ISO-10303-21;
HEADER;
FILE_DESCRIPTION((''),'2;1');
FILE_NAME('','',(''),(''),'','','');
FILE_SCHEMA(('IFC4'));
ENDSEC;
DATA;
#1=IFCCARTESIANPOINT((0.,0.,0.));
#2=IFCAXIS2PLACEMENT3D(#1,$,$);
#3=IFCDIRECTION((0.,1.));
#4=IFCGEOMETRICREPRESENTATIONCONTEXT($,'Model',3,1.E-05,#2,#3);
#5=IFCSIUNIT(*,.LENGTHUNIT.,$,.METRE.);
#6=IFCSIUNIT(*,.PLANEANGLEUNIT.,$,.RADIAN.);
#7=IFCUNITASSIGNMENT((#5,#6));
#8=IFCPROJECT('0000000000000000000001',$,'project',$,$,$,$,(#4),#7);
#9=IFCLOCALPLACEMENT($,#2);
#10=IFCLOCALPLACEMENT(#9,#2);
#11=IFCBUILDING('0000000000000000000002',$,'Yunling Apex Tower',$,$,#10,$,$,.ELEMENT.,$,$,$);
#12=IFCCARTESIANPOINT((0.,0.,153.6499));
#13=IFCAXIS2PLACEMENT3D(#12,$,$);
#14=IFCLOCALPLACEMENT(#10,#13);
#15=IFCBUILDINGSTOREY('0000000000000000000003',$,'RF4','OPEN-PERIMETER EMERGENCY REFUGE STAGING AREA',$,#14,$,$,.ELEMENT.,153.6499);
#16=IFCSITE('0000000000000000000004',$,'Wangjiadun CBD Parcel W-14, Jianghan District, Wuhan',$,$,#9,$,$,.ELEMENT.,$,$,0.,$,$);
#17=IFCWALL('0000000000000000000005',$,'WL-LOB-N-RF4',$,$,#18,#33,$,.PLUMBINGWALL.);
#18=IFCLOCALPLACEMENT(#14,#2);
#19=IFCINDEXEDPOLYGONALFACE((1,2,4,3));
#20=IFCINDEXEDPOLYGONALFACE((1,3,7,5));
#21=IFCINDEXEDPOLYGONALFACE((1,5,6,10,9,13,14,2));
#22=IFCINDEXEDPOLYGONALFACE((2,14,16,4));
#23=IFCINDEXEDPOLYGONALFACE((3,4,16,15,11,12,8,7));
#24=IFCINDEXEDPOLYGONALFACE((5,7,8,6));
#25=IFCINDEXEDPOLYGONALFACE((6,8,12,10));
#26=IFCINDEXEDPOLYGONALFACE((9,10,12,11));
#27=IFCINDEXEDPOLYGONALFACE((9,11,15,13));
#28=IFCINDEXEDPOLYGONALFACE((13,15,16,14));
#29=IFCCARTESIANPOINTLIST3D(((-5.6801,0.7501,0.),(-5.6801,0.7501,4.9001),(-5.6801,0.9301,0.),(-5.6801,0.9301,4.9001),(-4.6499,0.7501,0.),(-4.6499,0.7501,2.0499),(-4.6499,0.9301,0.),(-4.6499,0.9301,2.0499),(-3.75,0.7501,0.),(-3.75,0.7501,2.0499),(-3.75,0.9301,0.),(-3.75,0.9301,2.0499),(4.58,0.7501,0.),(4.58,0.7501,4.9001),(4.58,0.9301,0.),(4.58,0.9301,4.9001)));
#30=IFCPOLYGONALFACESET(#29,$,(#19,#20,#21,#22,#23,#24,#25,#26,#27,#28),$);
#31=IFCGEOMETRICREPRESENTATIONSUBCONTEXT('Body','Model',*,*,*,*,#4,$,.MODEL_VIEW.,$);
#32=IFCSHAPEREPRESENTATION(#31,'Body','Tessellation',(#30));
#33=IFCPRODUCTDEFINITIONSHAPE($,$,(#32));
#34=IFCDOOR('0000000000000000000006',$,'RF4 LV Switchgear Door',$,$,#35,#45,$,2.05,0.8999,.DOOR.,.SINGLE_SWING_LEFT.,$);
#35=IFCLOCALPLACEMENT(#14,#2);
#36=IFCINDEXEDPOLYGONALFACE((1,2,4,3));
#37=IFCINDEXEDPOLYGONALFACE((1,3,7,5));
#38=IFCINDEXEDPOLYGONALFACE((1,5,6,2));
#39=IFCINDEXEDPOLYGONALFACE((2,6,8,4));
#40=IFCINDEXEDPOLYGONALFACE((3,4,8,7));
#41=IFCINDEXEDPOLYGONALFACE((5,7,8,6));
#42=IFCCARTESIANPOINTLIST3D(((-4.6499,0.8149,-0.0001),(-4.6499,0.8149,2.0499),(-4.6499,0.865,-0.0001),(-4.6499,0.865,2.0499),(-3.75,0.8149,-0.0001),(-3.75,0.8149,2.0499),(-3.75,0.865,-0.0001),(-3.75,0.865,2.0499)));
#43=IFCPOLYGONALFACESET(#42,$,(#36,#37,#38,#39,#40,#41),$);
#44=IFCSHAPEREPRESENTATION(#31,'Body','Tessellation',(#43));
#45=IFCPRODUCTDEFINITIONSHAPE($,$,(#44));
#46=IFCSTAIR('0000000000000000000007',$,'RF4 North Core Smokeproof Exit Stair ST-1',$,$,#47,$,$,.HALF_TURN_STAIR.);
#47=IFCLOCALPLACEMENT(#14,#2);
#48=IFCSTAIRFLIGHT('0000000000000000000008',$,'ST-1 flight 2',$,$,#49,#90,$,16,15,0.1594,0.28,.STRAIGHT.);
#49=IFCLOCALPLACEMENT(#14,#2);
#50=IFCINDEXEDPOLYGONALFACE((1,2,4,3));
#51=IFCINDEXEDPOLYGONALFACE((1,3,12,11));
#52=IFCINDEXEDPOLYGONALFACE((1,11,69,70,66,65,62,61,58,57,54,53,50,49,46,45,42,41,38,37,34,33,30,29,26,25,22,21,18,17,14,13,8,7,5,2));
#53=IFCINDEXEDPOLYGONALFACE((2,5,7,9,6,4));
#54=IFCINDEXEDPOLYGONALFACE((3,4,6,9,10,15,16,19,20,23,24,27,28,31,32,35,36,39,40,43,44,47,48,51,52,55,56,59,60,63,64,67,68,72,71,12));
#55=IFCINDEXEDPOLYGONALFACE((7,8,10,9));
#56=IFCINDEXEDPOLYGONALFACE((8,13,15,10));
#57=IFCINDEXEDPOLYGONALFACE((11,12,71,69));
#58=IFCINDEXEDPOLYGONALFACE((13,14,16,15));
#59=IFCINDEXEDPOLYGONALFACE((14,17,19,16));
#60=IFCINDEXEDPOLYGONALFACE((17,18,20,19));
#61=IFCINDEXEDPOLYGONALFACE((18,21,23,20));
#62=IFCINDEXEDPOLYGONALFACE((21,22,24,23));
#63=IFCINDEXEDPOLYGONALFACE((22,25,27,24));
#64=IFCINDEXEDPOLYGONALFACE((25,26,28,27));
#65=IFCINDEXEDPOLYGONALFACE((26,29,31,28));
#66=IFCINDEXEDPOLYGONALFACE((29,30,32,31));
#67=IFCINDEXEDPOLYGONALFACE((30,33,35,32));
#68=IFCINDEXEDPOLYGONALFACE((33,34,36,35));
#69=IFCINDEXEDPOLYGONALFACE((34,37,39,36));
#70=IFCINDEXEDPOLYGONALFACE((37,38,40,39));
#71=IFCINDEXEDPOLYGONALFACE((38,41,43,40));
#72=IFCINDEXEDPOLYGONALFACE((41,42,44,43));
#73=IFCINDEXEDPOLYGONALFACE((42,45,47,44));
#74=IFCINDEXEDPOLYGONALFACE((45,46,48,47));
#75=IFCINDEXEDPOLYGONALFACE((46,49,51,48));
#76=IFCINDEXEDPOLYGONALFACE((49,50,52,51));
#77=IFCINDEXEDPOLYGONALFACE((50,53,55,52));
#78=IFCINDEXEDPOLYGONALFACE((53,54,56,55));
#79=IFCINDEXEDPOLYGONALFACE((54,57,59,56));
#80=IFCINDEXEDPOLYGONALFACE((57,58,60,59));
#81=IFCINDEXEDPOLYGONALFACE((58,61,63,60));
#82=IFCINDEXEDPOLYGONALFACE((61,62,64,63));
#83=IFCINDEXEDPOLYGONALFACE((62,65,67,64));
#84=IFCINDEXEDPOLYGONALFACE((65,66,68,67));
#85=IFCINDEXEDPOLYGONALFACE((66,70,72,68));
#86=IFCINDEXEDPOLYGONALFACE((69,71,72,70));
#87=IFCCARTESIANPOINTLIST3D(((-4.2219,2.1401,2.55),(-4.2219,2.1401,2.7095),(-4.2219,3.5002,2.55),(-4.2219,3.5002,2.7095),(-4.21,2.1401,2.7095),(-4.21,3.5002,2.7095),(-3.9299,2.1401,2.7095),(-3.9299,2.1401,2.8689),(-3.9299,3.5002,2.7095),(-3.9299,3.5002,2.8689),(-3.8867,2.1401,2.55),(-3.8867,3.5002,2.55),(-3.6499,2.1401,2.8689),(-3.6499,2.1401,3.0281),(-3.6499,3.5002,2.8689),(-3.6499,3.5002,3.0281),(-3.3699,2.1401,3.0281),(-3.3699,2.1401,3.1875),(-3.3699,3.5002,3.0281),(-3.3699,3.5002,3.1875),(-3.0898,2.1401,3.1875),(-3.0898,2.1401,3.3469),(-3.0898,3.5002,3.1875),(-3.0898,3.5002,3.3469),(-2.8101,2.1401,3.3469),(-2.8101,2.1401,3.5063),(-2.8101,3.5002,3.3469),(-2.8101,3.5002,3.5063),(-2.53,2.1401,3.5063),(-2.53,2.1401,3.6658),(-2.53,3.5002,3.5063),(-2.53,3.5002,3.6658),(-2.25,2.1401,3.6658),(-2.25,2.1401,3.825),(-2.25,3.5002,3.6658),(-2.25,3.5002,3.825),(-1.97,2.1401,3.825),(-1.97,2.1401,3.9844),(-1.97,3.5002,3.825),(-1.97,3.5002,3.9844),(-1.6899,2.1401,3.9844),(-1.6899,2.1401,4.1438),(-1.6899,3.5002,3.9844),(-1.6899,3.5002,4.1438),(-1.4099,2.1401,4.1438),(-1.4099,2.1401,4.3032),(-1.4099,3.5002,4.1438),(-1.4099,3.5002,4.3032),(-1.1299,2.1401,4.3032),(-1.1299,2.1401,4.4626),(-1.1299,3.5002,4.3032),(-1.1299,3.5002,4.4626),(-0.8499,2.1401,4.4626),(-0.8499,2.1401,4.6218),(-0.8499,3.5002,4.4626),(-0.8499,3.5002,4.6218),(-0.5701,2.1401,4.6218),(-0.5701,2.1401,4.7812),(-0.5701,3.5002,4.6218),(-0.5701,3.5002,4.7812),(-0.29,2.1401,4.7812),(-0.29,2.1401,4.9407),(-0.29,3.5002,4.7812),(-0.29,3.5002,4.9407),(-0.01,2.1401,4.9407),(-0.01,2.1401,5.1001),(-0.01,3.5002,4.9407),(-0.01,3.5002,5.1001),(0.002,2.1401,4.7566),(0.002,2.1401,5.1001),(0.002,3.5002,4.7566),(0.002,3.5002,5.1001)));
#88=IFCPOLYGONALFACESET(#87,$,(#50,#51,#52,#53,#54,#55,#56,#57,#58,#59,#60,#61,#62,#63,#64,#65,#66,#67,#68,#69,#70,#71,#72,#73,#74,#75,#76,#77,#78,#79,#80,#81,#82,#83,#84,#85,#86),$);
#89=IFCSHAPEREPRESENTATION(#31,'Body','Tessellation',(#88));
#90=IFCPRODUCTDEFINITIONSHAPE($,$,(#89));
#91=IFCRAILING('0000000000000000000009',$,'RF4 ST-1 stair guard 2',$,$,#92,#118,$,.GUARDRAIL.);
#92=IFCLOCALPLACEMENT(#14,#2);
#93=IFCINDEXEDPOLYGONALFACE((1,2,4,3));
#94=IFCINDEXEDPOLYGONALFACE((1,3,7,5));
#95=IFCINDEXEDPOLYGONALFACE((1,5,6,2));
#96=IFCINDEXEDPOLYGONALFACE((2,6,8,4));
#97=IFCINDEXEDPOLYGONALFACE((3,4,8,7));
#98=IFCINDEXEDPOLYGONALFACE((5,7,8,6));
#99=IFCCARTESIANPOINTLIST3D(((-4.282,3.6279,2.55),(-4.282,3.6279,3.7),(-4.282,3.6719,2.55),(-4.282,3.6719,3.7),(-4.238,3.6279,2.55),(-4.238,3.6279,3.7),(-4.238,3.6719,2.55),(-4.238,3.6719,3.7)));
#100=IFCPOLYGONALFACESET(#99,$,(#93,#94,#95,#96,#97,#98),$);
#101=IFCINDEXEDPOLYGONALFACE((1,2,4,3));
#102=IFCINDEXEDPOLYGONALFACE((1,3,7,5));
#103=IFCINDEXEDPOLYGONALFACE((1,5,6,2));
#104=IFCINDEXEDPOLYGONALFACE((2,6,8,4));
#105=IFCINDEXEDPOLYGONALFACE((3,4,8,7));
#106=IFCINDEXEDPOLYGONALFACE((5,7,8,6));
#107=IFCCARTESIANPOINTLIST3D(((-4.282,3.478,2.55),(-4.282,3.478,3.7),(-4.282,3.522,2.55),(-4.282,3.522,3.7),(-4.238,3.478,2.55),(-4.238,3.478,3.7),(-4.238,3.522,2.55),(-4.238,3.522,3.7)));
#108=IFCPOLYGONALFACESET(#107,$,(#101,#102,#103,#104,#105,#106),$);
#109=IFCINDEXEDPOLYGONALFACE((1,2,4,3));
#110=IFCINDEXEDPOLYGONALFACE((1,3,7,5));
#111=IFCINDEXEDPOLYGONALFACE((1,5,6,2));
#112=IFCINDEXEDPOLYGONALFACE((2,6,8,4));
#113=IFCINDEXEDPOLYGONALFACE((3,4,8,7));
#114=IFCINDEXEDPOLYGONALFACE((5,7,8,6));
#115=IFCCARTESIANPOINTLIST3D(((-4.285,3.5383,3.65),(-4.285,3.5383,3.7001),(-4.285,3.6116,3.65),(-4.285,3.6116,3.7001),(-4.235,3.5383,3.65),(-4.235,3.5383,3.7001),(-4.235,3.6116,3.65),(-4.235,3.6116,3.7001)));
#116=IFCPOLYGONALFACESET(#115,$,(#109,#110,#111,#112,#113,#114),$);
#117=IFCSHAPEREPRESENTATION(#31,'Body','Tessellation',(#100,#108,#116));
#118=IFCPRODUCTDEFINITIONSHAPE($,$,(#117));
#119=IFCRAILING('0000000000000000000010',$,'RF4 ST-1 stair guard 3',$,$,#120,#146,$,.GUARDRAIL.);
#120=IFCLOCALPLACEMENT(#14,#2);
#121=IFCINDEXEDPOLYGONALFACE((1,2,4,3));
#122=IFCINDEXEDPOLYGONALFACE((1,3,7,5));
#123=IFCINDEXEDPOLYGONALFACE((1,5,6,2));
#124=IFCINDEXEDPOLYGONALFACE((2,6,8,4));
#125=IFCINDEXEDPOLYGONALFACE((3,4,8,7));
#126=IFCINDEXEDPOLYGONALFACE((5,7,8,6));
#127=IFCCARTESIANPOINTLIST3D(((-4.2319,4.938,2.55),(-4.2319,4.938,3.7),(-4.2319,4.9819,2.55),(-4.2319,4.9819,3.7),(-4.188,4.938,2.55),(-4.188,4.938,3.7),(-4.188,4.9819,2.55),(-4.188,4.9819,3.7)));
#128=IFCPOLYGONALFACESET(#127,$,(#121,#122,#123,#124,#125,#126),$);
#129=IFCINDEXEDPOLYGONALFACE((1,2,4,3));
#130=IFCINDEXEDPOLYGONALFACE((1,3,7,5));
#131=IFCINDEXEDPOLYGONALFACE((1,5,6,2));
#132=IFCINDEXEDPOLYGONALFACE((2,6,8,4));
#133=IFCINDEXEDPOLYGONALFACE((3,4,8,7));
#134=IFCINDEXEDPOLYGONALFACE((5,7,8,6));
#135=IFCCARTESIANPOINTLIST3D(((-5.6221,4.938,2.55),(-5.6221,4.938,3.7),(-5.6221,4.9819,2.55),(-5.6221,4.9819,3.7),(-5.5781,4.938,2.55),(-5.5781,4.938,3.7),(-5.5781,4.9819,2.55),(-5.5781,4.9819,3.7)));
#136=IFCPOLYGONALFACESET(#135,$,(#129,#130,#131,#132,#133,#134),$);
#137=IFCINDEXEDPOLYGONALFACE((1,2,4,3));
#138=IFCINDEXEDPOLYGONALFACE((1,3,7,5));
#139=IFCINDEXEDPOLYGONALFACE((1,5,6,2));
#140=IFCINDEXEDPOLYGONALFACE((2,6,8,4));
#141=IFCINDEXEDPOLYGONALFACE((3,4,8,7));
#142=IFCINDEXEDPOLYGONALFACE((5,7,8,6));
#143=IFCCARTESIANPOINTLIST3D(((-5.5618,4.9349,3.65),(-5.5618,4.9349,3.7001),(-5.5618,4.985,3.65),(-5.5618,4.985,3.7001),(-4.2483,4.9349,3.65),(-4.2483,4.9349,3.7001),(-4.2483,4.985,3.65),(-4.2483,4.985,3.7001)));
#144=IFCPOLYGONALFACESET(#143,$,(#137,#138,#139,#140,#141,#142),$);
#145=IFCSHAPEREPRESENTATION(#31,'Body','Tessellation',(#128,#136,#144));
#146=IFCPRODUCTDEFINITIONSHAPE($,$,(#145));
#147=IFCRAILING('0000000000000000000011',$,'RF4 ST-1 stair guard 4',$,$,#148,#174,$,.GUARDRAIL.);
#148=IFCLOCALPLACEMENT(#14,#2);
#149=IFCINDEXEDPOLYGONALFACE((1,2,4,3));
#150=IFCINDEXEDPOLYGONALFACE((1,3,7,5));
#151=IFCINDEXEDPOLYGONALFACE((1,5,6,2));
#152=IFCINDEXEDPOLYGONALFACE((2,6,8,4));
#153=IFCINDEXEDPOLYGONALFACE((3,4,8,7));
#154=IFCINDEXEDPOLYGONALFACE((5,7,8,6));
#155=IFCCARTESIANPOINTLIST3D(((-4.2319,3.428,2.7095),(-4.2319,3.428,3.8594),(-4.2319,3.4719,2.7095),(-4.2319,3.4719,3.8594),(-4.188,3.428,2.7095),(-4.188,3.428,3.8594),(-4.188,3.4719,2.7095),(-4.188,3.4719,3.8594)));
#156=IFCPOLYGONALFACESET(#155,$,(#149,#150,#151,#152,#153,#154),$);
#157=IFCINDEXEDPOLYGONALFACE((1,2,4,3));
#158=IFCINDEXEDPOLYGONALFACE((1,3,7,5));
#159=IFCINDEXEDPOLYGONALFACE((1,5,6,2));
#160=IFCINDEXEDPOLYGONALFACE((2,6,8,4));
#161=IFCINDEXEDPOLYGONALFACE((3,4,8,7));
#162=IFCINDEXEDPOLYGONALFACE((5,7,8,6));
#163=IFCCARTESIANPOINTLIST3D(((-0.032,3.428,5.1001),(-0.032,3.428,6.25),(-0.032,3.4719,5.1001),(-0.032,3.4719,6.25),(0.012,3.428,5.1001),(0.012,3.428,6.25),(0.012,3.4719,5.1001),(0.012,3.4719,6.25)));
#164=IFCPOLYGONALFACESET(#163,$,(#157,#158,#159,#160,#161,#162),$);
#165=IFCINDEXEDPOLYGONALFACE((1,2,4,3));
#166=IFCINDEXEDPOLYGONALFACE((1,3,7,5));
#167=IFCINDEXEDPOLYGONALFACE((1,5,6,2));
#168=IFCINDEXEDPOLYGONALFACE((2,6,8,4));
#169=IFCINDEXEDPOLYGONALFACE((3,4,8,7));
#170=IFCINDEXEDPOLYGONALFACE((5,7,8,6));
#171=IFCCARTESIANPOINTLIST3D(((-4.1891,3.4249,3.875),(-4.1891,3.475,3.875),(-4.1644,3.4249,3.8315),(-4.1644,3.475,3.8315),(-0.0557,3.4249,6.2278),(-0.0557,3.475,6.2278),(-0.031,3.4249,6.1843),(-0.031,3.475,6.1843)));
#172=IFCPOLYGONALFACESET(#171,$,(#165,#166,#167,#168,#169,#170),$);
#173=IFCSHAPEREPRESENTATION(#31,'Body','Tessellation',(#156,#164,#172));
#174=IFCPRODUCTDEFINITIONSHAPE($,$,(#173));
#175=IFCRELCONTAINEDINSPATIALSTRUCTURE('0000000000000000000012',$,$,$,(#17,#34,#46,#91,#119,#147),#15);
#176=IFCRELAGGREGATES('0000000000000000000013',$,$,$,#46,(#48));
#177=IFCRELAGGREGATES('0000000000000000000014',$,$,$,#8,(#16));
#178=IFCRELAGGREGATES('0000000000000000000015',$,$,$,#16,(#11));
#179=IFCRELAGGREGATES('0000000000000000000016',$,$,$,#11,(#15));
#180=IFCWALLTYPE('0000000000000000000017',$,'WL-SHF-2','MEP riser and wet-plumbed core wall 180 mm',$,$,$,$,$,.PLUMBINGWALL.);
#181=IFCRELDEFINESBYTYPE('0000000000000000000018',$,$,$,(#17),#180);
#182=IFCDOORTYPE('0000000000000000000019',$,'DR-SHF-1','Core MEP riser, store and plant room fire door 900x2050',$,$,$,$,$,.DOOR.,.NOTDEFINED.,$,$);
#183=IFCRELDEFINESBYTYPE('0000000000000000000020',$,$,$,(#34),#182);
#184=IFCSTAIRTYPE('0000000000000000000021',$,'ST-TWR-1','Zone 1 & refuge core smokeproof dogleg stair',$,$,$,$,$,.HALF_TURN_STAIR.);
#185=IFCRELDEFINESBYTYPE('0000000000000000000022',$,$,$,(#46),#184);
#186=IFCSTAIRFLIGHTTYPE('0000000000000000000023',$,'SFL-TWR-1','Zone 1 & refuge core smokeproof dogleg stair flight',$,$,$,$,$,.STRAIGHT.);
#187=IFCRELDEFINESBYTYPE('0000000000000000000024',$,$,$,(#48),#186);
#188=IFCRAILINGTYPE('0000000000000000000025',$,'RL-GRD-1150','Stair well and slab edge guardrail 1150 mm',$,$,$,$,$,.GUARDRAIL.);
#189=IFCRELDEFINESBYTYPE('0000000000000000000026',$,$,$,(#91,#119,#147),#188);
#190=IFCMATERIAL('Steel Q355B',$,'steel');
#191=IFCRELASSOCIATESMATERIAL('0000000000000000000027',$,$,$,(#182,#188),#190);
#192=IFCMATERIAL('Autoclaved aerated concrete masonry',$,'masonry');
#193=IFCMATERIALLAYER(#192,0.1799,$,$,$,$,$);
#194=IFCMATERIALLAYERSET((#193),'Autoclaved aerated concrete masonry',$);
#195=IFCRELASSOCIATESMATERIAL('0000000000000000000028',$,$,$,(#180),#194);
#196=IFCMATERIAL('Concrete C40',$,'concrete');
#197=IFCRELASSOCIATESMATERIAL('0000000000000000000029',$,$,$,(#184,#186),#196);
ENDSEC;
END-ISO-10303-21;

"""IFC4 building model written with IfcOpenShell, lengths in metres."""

from ifc_helpers import new_model, si_unit, direction, frame, frame_2d, origin, origin_2d, place, context, subcontext, project, spatial, polyline, rectangle, outline, extrude, material, layer, layer_set, type_object, element, fill, aggregate, save


model = new_model("IFC4")

# Units and contexts
model_context = context("Model", 3, precision=1e-05, world=origin(), true_north=direction((0.0, 1.0)))
body_context = subcontext(model_context, "Body", "Model", "MODEL_VIEW")
ifc_project = project(units=[si_unit("LENGTHUNIT", "METRE"), si_unit("PLANEANGLEUNIT", "RADIAN")], contexts=[model_context])

# Site, building, storey
site_placement = place(None, origin())
site = spatial("IfcSite", under=ifc_project, at=site_placement, Name="Wangjiadun CBD Parcel W-14, Jianghan District, Wuhan", CompositionType="ELEMENT", RefElevation=0.0)
building_placement = place(site_placement, origin())
building = spatial("IfcBuilding", under=site, at=building_placement, Name="Yunling Apex Tower", CompositionType="ELEMENT")
storey_placement = place(building_placement, frame((0.0, 0.0, 153.6499)))
storey = spatial("IfcBuildingStorey", under=building, at=storey_placement, Name="RF4", Description="OPEN-PERIMETER EMERGENCY REFUGE STAGING AREA", CompositionType="ELEMENT", Elevation=153.6499)

# Shared definitions
ifc_material_1 = material(Name="Steel Q355B", Category="steel")

# Shared definitions
ifc_material_2 = material(Name="Concrete C40", Category="concrete")

# Wall, opening, door
ifc_material_3 = material(Name="Autoclaved aerated concrete masonry", Category="masonry")
door_type_1 = type_object("IfcDoorType", Name="DR-SHF-1", Description="Core MEP riser, store and plant room fire door 900x2050", OperationType="NOTDEFINED", PredefinedType="DOOR", material=ifc_material_1)
ifc_layer_1 = layer(ifc_material_3, 0.1799)
ifc_layer_set_1 = layer_set([ifc_layer_1], Name="Autoclaved aerated concrete masonry")
wall_type_1 = type_object("IfcWallType", Name="WL-SHF-2", Description="MEP riser and wet-plumbed core wall 180 mm", PredefinedType="PLUMBINGWALL", material=ifc_layer_set_1)
wall_1_placement = place(storey_placement, frame((-5.6799, 0.8401, 0.0), z_axis=(0.0, 0.0, 1.0), x_axis=(1.0, 0.0, 0.0)))
wall_1 = element("IfcWall", 1, at=wall_1_placement, inside=storey, type_object=wall_type_1, Name="WL-LOB-N-RF4", PredefinedType="PLUMBINGWALL", context=body_context, shape_type="SweptSolid", body=[
    extrude(rectangle(XDim=10.26, YDim=0.1799, at=frame_2d((5.1299, 0.0))), origin(), (0.0, 0.0, 1.0), 4.9001),
])
opening_1_placement = place(wall_1_placement, frame((1.03, 0.0, 0.0)))
opening_1 = element("IfcOpeningElement", 2, at=opening_1_placement, cuts=wall_1, PredefinedType="OPENING", context=body_context, shape_type="SweptSolid", body=[
    extrude(rectangle(XDim=0.8999, YDim=2.05, at=frame_2d((0.45, 1.0249))), frame((0.0, 0.1001, 0.0), z_axis=(0.0, -1.0, 0.0), x_axis=(1.0, 0.0, 0.0)), (0.0, 0.0, 1.0), 0.2),
])
door_1_placement = place(opening_1_placement, origin())
door_1 = element("IfcDoor", 3, at=door_1_placement, inside=storey, type_object=door_type_1, Name="RF4 LV Switchgear Door", OperationType="SINGLE_SWING_LEFT", OverallHeight=2.05, OverallWidth=0.8999, PredefinedType="DOOR", context=body_context, shape_type="SweptSolid", body=[
    extrude(rectangle(XDim=0.8999, YDim=2.05, at=frame_2d((0.45, 1.0249))), frame((0.0, 0.0249, 0.0), z_axis=(0.0, -1.0, 0.0), x_axis=(1.0, 0.0, 0.0)), (0.0, 0.0, 1.0), 0.05),
])
fill(opening_1, door_1)

# Stair, stair flight
stair_type = type_object("IfcStairType", Name="ST-TWR-1", Description="Zone 1 & refuge core smokeproof dogleg stair", PredefinedType="HALF_TURN_STAIR", material=ifc_material_2)
stair_placement = place(storey_placement, origin())
stair = element("IfcStair", 4, at=stair_placement, inside=storey, type_object=stair_type, Name="RF4 North Core Smokeproof Exit Stair ST-1", PredefinedType="HALF_TURN_STAIR")
stair_flight_type = type_object("IfcStairFlightType", Name="SFL-TWR-1", Description="Zone 1 & refuge core smokeproof dogleg stair flight", PredefinedType="STRAIGHT", material=ifc_material_2)
stair_flight_placement = place(storey_placement, frame((-4.21, 2.8201, 2.55), z_axis=(0.0, 0.0, 1.0), x_axis=(1.0, 0.0, 0.0)))
stair_flight = element("IfcStairFlight", 5, at=stair_flight_placement, type_object=stair_flight_type, Name="ST-1 flight 2", NumberOfRisers=16, NumberOfTreads=15, PredefinedType="STRAIGHT", RiserHeight=0.1594, TreadLength=0.28, context=body_context, shape_type="SweptSolid", body=[
    extrude(outline(polyline([(-0.012, 0.0), (-0.012, 0.1594), (0.0, 0.1594), (0.28, 0.1594), (0.28, 0.3188), (0.5601, 0.3188), (0.5601, 0.478), (0.8401, 0.478), (0.8401, 0.6375), (1.1201, 0.6375), (1.1201, 0.7969), (1.3999, 0.7969), (1.3999, 0.9563), (1.6799, 0.9563), (1.6799, 1.1157), (1.96, 1.1157), (1.96, 1.2749), (2.24, 1.2749), (2.24, 1.4343), (2.52, 1.4343), (2.52, 1.5938), (2.8, 1.5938), (2.8, 1.7532), (3.0801, 1.7532), (3.0801, 1.9126), (3.3601, 1.9126), (3.3601, 2.0718), (3.6399, 2.0718), (3.6399, 2.2312), (3.9199, 2.2312), (3.9199, 2.3906), (4.2, 2.3906), (4.2, 2.55), (4.2119, 2.55), (4.2119, 2.2065), (0.3232, 0.0), (-0.012, 0.0)])), frame((0.0, 0.6802, 0.0), z_axis=(0.0, -1.0, 0.0), x_axis=(1.0, 0.0, 0.0)), (0.0, 0.0, 1.0), 1.3601),
])
aggregate(stair, [stair_flight])

# Railings
railing_type_1 = type_object("IfcRailingType", Name="RL-GRD-1150", Description="Stair well and slab edge guardrail 1150 mm", PredefinedType="GUARDRAIL", material=ifc_material_1)
railing_1_placement = place(storey_placement, frame((-4.26, 3.6499, 2.55)))
element("IfcRailing", 6, at=railing_1_placement, inside=storey, type_object=railing_type_1, Name="RF4 ST-1 stair guard 2", PredefinedType="GUARDRAIL", context=body_context, shape_type="SweptSolid", body=[
    extrude(rectangle(XDim=0.0439, YDim=0.0439, at=origin_2d()), origin(), (0.0, 0.0, 1.0), 1.1499),
    extrude(rectangle(XDim=0.0439, YDim=0.0439, at=origin_2d()), frame((0.0, -0.1499, 0.0)), (0.0, 0.0, 1.0), 1.1499),
    extrude(rectangle(XDim=0.05, YDim=0.05, at=origin_2d()), frame((0.0, -0.0383, 1.125), z_axis=(0.0, -1.0, 0.0), x_axis=(1.0, 0.0, 0.0)), (0.0, 0.0, 1.0), 0.0732),
])
railing_2_placement = place(storey_placement, frame((-4.21, 4.96, 2.55)))
element("IfcRailing", 7, at=railing_2_placement, inside=storey, type_object=railing_type_1, Name="RF4 ST-1 stair guard 3", PredefinedType="GUARDRAIL", context=body_context, shape_type="SweptSolid", body=[
    extrude(rectangle(XDim=0.0439, YDim=0.0439, at=origin_2d()), origin(), (0.0, 0.0, 1.0), 1.1499),
    extrude(rectangle(XDim=0.0439, YDim=0.0439, at=origin_2d()), frame((-1.3901, 0.0, 0.0)), (0.0, 0.0, 1.0), 1.1499),
    extrude(rectangle(XDim=0.05, YDim=0.05, at=origin_2d()), frame((-0.0383, 0.0, 1.125), z_axis=(-1.0, 0.0, 0.0), x_axis=(0.0, -1.0, 0.0)), (0.0, 0.0, 1.0), 1.3135),
])
railing_3_placement = place(storey_placement, frame((-4.21, 3.45, 2.7095)))
element("IfcRailing", 8, at=railing_3_placement, inside=storey, type_object=railing_type_1, Name="RF4 ST-1 stair guard 4", PredefinedType="GUARDRAIL", context=body_context, shape_type="SweptSolid", body=[
    extrude(rectangle(XDim=0.0439, YDim=0.0439, at=origin_2d()), origin(), (0.0, 0.0, 1.0), 1.1499),
    extrude(rectangle(XDim=0.0439, YDim=0.0439, at=origin_2d()), frame((4.2, 0.0, 2.3906)), (0.0, 0.0, 1.0), 1.1499),
    extrude(rectangle(XDim=0.05, YDim=0.05, at=origin_2d()), frame((0.0332, 0.0, 1.1438), z_axis=(0.869075, 0.0, 0.49468), x_axis=(0.0, 1.0, 0.0)), (0.0, 0.0, 1.0), 4.7561),
])

save(model, "model.ifc")
